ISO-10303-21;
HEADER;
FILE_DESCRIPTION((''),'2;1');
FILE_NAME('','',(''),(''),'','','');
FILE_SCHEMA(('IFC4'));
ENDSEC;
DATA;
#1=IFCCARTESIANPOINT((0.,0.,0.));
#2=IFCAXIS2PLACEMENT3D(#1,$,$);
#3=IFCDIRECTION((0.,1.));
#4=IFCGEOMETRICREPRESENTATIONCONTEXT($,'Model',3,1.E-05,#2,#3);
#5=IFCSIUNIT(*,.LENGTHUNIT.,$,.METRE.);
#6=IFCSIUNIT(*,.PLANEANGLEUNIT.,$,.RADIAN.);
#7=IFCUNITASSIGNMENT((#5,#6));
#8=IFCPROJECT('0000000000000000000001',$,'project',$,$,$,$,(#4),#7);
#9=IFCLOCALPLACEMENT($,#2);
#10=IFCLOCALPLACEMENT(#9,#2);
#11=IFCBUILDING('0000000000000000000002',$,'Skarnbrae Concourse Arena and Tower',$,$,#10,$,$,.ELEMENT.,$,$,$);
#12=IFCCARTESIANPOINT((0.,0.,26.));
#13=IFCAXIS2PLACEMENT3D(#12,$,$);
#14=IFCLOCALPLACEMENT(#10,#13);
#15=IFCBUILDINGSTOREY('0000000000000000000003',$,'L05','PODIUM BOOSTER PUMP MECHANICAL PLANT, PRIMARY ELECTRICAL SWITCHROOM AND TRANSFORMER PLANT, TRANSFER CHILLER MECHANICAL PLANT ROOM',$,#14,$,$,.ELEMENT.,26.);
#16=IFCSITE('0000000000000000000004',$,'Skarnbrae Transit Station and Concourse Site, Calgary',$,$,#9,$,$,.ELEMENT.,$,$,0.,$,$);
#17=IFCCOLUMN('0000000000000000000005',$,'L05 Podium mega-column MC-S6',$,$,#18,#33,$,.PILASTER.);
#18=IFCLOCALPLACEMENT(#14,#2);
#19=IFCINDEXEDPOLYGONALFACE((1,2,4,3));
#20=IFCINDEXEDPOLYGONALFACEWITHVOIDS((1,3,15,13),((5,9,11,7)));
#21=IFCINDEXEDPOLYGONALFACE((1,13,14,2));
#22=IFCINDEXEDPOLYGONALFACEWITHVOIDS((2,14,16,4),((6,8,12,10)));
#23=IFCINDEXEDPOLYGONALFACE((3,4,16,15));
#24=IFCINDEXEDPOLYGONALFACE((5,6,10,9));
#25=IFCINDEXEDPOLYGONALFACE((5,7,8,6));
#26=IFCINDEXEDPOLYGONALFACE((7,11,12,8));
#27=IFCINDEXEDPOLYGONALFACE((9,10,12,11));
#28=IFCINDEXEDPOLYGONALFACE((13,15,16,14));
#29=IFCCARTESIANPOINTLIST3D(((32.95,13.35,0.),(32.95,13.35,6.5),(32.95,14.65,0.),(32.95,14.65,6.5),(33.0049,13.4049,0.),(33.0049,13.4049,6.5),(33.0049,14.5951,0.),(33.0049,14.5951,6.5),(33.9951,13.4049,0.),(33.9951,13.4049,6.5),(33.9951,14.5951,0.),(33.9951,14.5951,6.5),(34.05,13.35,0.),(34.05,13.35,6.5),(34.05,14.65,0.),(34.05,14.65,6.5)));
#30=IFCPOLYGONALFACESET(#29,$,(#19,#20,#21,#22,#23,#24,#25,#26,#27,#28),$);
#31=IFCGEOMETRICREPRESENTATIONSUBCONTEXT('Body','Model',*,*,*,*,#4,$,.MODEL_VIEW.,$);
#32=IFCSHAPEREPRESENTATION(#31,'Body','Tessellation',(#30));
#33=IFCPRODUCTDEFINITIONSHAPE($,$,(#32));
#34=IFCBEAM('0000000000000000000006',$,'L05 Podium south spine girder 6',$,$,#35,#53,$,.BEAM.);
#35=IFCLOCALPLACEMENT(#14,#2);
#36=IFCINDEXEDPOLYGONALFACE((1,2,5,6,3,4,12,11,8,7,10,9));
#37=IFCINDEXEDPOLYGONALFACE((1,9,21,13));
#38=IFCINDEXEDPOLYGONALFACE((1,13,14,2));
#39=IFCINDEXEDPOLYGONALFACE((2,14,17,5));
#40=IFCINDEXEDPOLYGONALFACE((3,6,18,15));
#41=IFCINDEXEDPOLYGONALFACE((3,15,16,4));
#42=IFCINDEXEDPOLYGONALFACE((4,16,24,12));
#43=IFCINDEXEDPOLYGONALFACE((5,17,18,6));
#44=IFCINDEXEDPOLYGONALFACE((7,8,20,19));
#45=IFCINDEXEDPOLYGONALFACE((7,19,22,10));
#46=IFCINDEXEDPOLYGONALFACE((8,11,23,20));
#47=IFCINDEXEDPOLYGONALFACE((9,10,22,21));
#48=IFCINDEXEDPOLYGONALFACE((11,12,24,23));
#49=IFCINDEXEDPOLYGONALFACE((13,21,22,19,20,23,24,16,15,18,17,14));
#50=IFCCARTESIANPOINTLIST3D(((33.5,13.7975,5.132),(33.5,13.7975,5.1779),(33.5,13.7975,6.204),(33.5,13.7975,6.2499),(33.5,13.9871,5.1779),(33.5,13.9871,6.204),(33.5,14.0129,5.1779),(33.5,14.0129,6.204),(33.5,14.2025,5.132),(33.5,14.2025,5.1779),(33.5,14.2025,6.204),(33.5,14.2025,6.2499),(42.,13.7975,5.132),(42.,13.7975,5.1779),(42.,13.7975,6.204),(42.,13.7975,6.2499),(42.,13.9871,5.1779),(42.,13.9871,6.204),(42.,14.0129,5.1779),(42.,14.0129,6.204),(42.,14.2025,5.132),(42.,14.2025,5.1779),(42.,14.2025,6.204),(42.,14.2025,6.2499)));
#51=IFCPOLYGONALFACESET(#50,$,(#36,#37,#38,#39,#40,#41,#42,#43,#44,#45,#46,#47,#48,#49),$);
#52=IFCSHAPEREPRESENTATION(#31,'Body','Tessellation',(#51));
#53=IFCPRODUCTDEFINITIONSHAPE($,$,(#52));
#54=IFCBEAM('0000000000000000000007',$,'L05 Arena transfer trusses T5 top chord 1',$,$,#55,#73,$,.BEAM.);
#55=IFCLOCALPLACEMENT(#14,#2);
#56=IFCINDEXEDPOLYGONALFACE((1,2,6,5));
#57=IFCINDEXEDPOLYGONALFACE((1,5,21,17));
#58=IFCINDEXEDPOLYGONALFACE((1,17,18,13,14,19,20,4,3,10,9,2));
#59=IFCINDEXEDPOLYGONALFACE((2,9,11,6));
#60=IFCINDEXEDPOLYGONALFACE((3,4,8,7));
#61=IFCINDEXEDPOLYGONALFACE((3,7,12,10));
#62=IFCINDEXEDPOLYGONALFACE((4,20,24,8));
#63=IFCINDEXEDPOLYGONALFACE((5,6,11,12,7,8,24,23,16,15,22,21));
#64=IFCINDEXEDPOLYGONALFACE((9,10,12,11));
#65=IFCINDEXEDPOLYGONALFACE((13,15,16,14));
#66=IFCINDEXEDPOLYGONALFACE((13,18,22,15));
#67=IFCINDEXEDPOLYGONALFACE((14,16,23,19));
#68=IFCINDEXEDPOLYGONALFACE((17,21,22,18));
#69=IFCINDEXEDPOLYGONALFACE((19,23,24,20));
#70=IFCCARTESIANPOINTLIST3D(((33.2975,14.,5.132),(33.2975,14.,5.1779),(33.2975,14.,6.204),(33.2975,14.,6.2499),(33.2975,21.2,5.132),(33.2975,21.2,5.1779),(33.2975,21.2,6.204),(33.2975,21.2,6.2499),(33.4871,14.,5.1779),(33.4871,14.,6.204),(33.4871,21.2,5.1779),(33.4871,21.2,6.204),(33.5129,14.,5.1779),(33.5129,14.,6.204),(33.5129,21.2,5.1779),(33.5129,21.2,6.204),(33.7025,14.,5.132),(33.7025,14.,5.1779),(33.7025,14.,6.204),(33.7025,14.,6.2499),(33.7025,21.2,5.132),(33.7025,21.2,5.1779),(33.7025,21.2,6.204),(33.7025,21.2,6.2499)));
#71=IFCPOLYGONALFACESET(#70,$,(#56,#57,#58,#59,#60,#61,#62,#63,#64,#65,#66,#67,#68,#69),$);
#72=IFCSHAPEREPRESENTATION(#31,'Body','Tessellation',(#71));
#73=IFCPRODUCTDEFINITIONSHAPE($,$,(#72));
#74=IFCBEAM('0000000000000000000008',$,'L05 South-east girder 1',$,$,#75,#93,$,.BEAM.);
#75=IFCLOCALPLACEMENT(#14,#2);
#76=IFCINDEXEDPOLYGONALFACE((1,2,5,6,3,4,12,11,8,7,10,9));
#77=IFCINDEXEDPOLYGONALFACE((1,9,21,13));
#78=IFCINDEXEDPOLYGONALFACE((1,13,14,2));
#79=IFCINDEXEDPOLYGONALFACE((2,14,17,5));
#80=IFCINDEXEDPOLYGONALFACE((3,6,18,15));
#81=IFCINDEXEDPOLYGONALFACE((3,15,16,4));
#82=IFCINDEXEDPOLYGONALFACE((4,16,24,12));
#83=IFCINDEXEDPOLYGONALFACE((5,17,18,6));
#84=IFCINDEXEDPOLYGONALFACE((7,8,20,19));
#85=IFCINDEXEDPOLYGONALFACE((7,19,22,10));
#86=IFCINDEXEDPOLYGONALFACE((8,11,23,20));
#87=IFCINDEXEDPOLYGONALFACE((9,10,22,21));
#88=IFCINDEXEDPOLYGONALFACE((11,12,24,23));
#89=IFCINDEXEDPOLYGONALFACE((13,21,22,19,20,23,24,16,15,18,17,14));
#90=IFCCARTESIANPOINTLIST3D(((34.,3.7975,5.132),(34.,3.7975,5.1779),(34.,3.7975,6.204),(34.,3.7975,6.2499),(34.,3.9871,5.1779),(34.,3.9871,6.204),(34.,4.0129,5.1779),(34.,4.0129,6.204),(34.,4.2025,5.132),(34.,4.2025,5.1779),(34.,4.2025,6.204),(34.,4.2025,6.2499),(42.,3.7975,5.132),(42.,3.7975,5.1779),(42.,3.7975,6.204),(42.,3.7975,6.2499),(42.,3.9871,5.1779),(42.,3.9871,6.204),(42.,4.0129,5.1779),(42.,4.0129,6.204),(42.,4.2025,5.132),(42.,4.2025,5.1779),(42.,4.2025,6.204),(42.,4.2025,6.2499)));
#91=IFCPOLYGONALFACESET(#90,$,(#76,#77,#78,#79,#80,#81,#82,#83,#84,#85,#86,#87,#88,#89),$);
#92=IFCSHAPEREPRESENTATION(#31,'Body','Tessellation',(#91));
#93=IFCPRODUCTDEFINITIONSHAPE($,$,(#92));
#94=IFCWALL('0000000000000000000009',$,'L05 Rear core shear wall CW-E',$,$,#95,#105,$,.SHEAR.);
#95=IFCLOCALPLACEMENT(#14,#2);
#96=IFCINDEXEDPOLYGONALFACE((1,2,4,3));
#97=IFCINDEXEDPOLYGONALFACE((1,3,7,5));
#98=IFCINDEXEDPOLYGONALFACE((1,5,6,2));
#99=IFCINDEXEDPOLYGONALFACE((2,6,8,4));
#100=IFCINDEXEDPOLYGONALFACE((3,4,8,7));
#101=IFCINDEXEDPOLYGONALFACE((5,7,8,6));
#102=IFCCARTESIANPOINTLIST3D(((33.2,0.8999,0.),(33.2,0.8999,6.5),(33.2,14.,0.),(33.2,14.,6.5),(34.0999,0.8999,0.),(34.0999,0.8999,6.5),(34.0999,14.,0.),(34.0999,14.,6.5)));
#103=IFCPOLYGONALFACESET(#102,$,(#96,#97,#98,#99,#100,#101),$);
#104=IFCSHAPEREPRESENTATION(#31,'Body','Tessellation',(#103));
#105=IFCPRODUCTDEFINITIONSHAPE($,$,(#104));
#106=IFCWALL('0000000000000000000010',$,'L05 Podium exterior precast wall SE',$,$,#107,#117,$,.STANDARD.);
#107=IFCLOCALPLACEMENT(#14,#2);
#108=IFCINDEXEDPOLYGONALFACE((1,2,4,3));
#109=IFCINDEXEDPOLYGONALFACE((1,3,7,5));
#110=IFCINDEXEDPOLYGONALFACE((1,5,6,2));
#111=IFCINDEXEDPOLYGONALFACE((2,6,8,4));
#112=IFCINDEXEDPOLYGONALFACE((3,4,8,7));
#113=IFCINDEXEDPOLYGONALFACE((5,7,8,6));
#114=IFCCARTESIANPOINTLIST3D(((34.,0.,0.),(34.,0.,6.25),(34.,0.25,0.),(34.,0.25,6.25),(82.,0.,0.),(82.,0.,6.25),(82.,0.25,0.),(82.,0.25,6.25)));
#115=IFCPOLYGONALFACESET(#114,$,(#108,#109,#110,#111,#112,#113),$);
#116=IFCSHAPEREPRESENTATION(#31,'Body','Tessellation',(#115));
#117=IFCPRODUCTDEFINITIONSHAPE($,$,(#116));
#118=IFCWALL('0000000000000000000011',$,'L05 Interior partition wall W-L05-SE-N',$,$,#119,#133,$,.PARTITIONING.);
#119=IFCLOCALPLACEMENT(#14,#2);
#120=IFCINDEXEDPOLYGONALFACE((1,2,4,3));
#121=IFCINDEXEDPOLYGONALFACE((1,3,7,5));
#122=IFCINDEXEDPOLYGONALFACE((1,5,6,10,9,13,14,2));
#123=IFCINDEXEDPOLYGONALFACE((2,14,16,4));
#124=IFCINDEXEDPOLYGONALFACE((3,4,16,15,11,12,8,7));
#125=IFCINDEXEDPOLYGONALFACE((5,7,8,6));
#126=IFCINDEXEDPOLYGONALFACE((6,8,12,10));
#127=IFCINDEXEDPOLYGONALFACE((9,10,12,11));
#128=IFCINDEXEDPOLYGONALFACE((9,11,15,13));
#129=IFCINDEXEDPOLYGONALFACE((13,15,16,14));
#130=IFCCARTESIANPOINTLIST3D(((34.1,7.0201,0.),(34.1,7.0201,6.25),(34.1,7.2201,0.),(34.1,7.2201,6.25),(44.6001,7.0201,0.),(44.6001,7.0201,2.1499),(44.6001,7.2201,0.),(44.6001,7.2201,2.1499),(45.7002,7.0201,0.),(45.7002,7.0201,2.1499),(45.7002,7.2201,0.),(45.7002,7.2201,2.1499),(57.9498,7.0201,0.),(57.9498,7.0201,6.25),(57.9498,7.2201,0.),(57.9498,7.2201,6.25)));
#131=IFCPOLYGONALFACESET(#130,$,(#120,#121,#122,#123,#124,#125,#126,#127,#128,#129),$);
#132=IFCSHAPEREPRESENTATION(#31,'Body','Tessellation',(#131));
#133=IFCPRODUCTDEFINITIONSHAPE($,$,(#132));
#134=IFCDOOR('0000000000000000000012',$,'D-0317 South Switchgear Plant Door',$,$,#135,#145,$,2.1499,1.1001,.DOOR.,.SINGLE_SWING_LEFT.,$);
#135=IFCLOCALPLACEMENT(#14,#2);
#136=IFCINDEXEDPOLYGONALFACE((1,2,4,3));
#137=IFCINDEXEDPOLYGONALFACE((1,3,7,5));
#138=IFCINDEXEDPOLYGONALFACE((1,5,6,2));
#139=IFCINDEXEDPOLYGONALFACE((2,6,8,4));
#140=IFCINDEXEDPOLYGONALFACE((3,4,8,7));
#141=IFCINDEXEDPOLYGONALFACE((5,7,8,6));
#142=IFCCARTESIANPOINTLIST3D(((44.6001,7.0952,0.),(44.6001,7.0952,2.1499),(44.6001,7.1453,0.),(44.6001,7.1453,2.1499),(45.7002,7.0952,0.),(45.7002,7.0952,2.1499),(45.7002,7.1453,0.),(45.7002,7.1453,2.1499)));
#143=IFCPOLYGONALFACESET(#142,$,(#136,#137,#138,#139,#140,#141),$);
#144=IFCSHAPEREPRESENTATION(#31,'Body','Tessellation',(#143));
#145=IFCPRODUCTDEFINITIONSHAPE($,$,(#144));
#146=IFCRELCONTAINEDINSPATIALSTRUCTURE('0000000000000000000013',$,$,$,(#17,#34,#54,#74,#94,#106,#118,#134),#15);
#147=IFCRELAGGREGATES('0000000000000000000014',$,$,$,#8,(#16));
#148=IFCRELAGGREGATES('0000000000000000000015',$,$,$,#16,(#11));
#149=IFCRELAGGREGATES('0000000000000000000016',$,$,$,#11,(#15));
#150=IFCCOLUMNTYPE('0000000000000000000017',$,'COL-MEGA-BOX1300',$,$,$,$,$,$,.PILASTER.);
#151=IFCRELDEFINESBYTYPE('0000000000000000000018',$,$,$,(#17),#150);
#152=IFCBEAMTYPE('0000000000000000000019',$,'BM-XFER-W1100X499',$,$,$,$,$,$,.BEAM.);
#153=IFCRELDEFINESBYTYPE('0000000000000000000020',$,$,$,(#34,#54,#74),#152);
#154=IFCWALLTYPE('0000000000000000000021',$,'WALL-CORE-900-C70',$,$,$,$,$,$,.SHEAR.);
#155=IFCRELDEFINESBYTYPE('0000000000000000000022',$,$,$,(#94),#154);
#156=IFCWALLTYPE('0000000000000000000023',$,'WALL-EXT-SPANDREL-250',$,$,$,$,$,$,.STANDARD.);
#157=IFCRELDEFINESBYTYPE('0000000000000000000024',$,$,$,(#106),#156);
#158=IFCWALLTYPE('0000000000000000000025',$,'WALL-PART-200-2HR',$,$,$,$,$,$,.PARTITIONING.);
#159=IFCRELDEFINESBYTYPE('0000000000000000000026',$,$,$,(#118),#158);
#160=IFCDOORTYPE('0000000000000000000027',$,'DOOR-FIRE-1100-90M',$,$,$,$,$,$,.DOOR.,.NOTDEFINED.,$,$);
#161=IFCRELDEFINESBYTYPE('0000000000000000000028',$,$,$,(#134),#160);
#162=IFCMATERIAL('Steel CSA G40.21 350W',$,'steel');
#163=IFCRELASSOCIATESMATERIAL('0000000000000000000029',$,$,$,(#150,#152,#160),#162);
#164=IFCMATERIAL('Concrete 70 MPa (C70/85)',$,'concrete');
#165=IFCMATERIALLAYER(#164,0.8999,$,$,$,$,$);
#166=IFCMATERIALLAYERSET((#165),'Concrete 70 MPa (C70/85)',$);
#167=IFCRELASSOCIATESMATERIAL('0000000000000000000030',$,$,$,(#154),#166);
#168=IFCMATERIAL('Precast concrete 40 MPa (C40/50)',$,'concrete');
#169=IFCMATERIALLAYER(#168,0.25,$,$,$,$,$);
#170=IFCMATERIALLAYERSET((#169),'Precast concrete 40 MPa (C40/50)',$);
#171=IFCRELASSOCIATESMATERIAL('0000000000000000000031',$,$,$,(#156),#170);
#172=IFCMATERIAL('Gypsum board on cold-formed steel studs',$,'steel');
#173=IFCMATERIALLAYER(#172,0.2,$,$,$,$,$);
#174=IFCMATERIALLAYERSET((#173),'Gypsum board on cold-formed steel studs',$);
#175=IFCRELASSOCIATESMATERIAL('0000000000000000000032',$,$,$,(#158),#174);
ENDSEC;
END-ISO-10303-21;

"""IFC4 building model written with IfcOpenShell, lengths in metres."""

from ifc_helpers import new_model, si_unit, direction, frame, frame_2d, origin, origin_2d, place, context, subcontext, project, spatial, rectangle, hollow_rectangle, i_section, extrude, source, transform, mapped, material, layer, layer_set, material_profile, profile_set, type_object, element, fill, save


model = new_model("IFC4")

# Units and contexts
model_context = context("Model", 3, precision=1e-05, world=origin(), true_north=direction((0.0, 1.0)))
body_context = subcontext(model_context, "Body", "Model", "MODEL_VIEW")
ifc_project = project(units=[si_unit("LENGTHUNIT", "METRE"), si_unit("PLANEANGLEUNIT", "RADIAN")], contexts=[model_context])

# Site, building, storey
site_placement = place(None, origin())
site = spatial("IfcSite", under=ifc_project, at=site_placement, Name="Skarnbrae Transit Station and Concourse Site, Calgary", CompositionType="ELEMENT", RefElevation=0.0)
building_placement = place(site_placement, origin())
building = spatial("IfcBuilding", under=site, at=building_placement, Name="Skarnbrae Concourse Arena and Tower", CompositionType="ELEMENT")
storey_placement = place(building_placement, frame((0.0, 0.0, 26.0)))
storey = spatial("IfcBuildingStorey", under=building, at=storey_placement, Name="L05", Description="PODIUM BOOSTER PUMP MECHANICAL PLANT, PRIMARY ELECTRICAL SWITCHROOM AND TRANSFORMER PLANT, TRANSFER CHILLER MECHANICAL PLANT ROOM", CompositionType="ELEMENT", Elevation=26.0)

# Column
ifc_material_1 = material(Name="Steel CSA G40.21 350W", Category="steel")
ifc_material_profile_1 = material_profile(ifc_material_1, hollow_rectangle(XDim=1.1001, YDim=1.3, WallThickness=0.0549, at=origin_2d()), Name="BOX1300X1100X55")
ifc_profile_set_1 = profile_set([ifc_material_profile_1], Name="Steel CSA G40.21 350W")
column_type = type_object("IfcColumnType", Name="COL-MEGA-BOX1300", PredefinedType="PILASTER", material=ifc_profile_set_1)
shared_shape_1 = source(origin(), body_context, "Body", "SweptSolid", [
    extrude(hollow_rectangle(XDim=1.1001, YDim=1.3, WallThickness=0.0549, at=origin_2d()), origin(), (0.0, 0.0, 1.0), 6.5),
])
column_placement = place(storey_placement, frame((33.5, 14.0, 0.0), z_axis=(0.0, 0.0, 1.0), x_axis=(1.0, 0.0, 0.0)))
element("IfcColumn", 1, at=column_placement, inside=storey, type_object=column_type, Name="L05 Podium mega-column MC-S6", PredefinedType="PILASTER", context=body_context, shape_type="MappedRepresentation", body=[
    mapped(shared_shape_1, transform((0.0, 0.0, 0.0))),
])

# Beams
ifc_material_profile_2 = material_profile(ifc_material_1, i_section(OverallWidth=0.405, OverallDepth=1.1179, WebThickness=0.0259, FlangeThickness=0.0459, at=origin_2d()), Name="W1100X499")
ifc_profile_set_2 = profile_set([ifc_material_profile_2], Name="Steel CSA G40.21 350W")
beam_type = type_object("IfcBeamType", Name="BM-XFER-W1100X499", PredefinedType="BEAM", material=ifc_profile_set_2)
shared_shape_2 = source(origin(), body_context, "Body", "SweptSolid", [
    extrude(i_section(OverallWidth=0.405, OverallDepth=1.1179, WebThickness=0.0259, FlangeThickness=0.0459, at=origin_2d()), origin(), (0.0, 0.0, 1.0), 8.5),
])
beam_1_placement = place(storey_placement, frame((33.5, 14.0, 5.6909), z_axis=(1.0, 0.0, 0.0), x_axis=(0.0, 1.0, 0.0)))
element("IfcBeam", 2, at=beam_1_placement, inside=storey, type_object=beam_type, Name="L05 Podium south spine girder 6", PredefinedType="BEAM", context=body_context, shape_type="MappedRepresentation", body=[
    mapped(shared_shape_2, transform((0.0, 0.0, 0.0))),
])
shared_shape_3 = source(origin(), body_context, "Body", "SweptSolid", [
    extrude(i_section(OverallWidth=0.405, OverallDepth=1.1179, WebThickness=0.0259, FlangeThickness=0.0459, at=origin_2d()), origin(), (0.0, 0.0, 1.0), 7.2),
])
beam_2_placement = place(storey_placement, frame((33.5, 14.0, 5.6909), z_axis=(0.0, 1.0, 0.0), x_axis=(-1.0, 0.0, 0.0)))
element("IfcBeam", 3, at=beam_2_placement, inside=storey, type_object=beam_type, Name="L05 Arena transfer trusses T5 top chord 1", PredefinedType="BEAM", context=body_context, shape_type="MappedRepresentation", body=[
    mapped(shared_shape_3, transform((0.0, 0.0, 0.0))),
])
shared_shape_4 = source(origin(), body_context, "Body", "SweptSolid", [
    extrude(i_section(OverallWidth=0.405, OverallDepth=1.1179, WebThickness=0.0259, FlangeThickness=0.0459, at=origin_2d()), origin(), (0.0, 0.0, 1.0), 8.0),
])
beam_3_placement = place(storey_placement, frame((34.0, 4.0, 5.6909), z_axis=(1.0, 0.0, 0.0), x_axis=(0.0, 1.0, 0.0)))
element("IfcBeam", 4, at=beam_3_placement, inside=storey, type_object=beam_type, Name="L05 South-east girder 1", PredefinedType="BEAM", context=body_context, shape_type="MappedRepresentation", body=[
    mapped(shared_shape_4, transform((0.0, 0.0, 0.0))),
])

# Walls
ifc_material_2 = material(Name="Concrete 70 MPa (C70/85)", Category="concrete")
ifc_layer_1 = layer(ifc_material_2, 0.8999)
ifc_layer_set_1 = layer_set([ifc_layer_1], Name="Concrete 70 MPa (C70/85)")
wall_type_1 = type_object("IfcWallType", Name="WALL-CORE-900-C70", PredefinedType="SHEAR", material=ifc_layer_set_1)
shared_shape_5 = source(origin(), body_context, "Body", "SweptSolid", [
    extrude(rectangle(XDim=13.1001, YDim=0.8999, at=frame_2d((6.55, 0.0))), origin(), (0.0, 0.0, 1.0), 6.5),
])
wall_1_placement = place(storey_placement, frame((33.6499, 0.8999, 0.0), z_axis=(0.0, 0.0, 1.0), x_axis=(0.0, 1.0, 0.0)))
element("IfcWall", 5, at=wall_1_placement, inside=storey, type_object=wall_type_1, Name="L05 Rear core shear wall CW-E", PredefinedType="SHEAR", context=body_context, shape_type="MappedRepresentation", body=[
    mapped(shared_shape_5, transform((0.0, 0.0, 0.0))),
])
ifc_material_3 = material(Name="Precast concrete 40 MPa (C40/50)", Category="concrete")
ifc_layer_2 = layer(ifc_material_3, 0.25)
ifc_layer_set_2 = layer_set([ifc_layer_2], Name="Precast concrete 40 MPa (C40/50)")
wall_type_2 = type_object("IfcWallType", Name="WALL-EXT-SPANDREL-250", PredefinedType="STANDARD", material=ifc_layer_set_2)
shared_shape_6 = source(origin(), body_context, "Body", "SweptSolid", [
    extrude(rectangle(XDim=48.0, YDim=0.25, at=frame_2d((24.0, 0.0))), origin(), (0.0, 0.0, 1.0), 6.25),
])
wall_2_placement = place(storey_placement, frame((34.0, 0.125, 0.0), z_axis=(0.0, 0.0, 1.0), x_axis=(1.0, 0.0, 0.0)))
element("IfcWall", 6, at=wall_2_placement, inside=storey, type_object=wall_type_2, Name="L05 Podium exterior precast wall SE", PredefinedType="STANDARD", context=body_context, shape_type="MappedRepresentation", body=[
    mapped(shared_shape_6, transform((0.0, 0.0, 0.0))),
])

# Shared definitions
ifc_material_4 = material(Name="Gypsum board on cold-formed steel studs", Category="steel")
ifc_layer_3 = layer(ifc_material_4, 0.2)
ifc_layer_set_3 = layer_set([ifc_layer_3], Name="Gypsum board on cold-formed steel studs")
wall_type_3 = type_object("IfcWallType", Name="WALL-PART-200-2HR", PredefinedType="PARTITIONING", material=ifc_layer_set_3)

# Wall, opening, door
shared_shape_7 = source(origin(), body_context, "Body", "SweptSolid", [
    extrude(rectangle(XDim=23.8499, YDim=0.2, at=frame_2d((11.9248, 0.0))), origin(), (0.0, 0.0, 1.0), 6.25),
])
wall_3_placement = place(storey_placement, frame((34.1001, 7.1201, 0.0), z_axis=(0.0, 0.0, 1.0), x_axis=(1.0, 0.0, 0.0)))
wall_3 = element("IfcWall", 7, at=wall_3_placement, inside=storey, type_object=wall_type_3, Name="L05 Interior partition wall W-L05-SE-N", PredefinedType="PARTITIONING", context=body_context, shape_type="MappedRepresentation", body=[
    mapped(shared_shape_7, transform((0.0, 0.0, 0.0))),
])
opening_1_placement = place(wall_3_placement, frame((10.5, 0.0, 0.0)))
opening_1 = element("IfcOpeningElement", 8, at=opening_1_placement, cuts=wall_3, PredefinedType="OPENING", context=body_context, shape_type="SweptSolid", body=[
    extrude(rectangle(XDim=1.1001, YDim=2.1499, at=frame_2d((0.55, 1.075))), frame((0.0, 0.1099, 0.0), z_axis=(0.0, -1.0, 0.0), x_axis=(1.0, 0.0, 0.0)), (0.0, 0.0, 1.0), 0.22),
])
door_type_1 = type_object("IfcDoorType", Name="DOOR-FIRE-1100-90M", OperationType="NOTDEFINED", PredefinedType="DOOR", material=ifc_material_1)
shared_shape_8 = source(origin(), body_context, "Body", "SweptSolid", [
    extrude(rectangle(XDim=1.1001, YDim=2.1499, at=frame_2d((0.55, 1.075))), frame((0.0, 0.0249, 0.0), z_axis=(0.0, -1.0, 0.0), x_axis=(1.0, 0.0, 0.0)), (0.0, 0.0, 1.0), 0.05),
])
door_1_placement = place(opening_1_placement, frame((1.1001, 0.0, 0.0), z_axis=(0.0, 0.0, 1.0), x_axis=(-1.0, 0.0, 0.0)))
door_1 = element("IfcDoor", 9, at=door_1_placement, inside=storey, type_object=door_type_1, Name="D-0317 South Switchgear Plant Door", OperationType="SINGLE_SWING_LEFT", OverallHeight=2.1499, OverallWidth=1.1001, PredefinedType="DOOR", context=body_context, shape_type="MappedRepresentation", body=[
    mapped(shared_shape_8, transform((0.0, 0.0, 0.0))),
])
fill(opening_1, door_1)

save(model, "model.ifc")
